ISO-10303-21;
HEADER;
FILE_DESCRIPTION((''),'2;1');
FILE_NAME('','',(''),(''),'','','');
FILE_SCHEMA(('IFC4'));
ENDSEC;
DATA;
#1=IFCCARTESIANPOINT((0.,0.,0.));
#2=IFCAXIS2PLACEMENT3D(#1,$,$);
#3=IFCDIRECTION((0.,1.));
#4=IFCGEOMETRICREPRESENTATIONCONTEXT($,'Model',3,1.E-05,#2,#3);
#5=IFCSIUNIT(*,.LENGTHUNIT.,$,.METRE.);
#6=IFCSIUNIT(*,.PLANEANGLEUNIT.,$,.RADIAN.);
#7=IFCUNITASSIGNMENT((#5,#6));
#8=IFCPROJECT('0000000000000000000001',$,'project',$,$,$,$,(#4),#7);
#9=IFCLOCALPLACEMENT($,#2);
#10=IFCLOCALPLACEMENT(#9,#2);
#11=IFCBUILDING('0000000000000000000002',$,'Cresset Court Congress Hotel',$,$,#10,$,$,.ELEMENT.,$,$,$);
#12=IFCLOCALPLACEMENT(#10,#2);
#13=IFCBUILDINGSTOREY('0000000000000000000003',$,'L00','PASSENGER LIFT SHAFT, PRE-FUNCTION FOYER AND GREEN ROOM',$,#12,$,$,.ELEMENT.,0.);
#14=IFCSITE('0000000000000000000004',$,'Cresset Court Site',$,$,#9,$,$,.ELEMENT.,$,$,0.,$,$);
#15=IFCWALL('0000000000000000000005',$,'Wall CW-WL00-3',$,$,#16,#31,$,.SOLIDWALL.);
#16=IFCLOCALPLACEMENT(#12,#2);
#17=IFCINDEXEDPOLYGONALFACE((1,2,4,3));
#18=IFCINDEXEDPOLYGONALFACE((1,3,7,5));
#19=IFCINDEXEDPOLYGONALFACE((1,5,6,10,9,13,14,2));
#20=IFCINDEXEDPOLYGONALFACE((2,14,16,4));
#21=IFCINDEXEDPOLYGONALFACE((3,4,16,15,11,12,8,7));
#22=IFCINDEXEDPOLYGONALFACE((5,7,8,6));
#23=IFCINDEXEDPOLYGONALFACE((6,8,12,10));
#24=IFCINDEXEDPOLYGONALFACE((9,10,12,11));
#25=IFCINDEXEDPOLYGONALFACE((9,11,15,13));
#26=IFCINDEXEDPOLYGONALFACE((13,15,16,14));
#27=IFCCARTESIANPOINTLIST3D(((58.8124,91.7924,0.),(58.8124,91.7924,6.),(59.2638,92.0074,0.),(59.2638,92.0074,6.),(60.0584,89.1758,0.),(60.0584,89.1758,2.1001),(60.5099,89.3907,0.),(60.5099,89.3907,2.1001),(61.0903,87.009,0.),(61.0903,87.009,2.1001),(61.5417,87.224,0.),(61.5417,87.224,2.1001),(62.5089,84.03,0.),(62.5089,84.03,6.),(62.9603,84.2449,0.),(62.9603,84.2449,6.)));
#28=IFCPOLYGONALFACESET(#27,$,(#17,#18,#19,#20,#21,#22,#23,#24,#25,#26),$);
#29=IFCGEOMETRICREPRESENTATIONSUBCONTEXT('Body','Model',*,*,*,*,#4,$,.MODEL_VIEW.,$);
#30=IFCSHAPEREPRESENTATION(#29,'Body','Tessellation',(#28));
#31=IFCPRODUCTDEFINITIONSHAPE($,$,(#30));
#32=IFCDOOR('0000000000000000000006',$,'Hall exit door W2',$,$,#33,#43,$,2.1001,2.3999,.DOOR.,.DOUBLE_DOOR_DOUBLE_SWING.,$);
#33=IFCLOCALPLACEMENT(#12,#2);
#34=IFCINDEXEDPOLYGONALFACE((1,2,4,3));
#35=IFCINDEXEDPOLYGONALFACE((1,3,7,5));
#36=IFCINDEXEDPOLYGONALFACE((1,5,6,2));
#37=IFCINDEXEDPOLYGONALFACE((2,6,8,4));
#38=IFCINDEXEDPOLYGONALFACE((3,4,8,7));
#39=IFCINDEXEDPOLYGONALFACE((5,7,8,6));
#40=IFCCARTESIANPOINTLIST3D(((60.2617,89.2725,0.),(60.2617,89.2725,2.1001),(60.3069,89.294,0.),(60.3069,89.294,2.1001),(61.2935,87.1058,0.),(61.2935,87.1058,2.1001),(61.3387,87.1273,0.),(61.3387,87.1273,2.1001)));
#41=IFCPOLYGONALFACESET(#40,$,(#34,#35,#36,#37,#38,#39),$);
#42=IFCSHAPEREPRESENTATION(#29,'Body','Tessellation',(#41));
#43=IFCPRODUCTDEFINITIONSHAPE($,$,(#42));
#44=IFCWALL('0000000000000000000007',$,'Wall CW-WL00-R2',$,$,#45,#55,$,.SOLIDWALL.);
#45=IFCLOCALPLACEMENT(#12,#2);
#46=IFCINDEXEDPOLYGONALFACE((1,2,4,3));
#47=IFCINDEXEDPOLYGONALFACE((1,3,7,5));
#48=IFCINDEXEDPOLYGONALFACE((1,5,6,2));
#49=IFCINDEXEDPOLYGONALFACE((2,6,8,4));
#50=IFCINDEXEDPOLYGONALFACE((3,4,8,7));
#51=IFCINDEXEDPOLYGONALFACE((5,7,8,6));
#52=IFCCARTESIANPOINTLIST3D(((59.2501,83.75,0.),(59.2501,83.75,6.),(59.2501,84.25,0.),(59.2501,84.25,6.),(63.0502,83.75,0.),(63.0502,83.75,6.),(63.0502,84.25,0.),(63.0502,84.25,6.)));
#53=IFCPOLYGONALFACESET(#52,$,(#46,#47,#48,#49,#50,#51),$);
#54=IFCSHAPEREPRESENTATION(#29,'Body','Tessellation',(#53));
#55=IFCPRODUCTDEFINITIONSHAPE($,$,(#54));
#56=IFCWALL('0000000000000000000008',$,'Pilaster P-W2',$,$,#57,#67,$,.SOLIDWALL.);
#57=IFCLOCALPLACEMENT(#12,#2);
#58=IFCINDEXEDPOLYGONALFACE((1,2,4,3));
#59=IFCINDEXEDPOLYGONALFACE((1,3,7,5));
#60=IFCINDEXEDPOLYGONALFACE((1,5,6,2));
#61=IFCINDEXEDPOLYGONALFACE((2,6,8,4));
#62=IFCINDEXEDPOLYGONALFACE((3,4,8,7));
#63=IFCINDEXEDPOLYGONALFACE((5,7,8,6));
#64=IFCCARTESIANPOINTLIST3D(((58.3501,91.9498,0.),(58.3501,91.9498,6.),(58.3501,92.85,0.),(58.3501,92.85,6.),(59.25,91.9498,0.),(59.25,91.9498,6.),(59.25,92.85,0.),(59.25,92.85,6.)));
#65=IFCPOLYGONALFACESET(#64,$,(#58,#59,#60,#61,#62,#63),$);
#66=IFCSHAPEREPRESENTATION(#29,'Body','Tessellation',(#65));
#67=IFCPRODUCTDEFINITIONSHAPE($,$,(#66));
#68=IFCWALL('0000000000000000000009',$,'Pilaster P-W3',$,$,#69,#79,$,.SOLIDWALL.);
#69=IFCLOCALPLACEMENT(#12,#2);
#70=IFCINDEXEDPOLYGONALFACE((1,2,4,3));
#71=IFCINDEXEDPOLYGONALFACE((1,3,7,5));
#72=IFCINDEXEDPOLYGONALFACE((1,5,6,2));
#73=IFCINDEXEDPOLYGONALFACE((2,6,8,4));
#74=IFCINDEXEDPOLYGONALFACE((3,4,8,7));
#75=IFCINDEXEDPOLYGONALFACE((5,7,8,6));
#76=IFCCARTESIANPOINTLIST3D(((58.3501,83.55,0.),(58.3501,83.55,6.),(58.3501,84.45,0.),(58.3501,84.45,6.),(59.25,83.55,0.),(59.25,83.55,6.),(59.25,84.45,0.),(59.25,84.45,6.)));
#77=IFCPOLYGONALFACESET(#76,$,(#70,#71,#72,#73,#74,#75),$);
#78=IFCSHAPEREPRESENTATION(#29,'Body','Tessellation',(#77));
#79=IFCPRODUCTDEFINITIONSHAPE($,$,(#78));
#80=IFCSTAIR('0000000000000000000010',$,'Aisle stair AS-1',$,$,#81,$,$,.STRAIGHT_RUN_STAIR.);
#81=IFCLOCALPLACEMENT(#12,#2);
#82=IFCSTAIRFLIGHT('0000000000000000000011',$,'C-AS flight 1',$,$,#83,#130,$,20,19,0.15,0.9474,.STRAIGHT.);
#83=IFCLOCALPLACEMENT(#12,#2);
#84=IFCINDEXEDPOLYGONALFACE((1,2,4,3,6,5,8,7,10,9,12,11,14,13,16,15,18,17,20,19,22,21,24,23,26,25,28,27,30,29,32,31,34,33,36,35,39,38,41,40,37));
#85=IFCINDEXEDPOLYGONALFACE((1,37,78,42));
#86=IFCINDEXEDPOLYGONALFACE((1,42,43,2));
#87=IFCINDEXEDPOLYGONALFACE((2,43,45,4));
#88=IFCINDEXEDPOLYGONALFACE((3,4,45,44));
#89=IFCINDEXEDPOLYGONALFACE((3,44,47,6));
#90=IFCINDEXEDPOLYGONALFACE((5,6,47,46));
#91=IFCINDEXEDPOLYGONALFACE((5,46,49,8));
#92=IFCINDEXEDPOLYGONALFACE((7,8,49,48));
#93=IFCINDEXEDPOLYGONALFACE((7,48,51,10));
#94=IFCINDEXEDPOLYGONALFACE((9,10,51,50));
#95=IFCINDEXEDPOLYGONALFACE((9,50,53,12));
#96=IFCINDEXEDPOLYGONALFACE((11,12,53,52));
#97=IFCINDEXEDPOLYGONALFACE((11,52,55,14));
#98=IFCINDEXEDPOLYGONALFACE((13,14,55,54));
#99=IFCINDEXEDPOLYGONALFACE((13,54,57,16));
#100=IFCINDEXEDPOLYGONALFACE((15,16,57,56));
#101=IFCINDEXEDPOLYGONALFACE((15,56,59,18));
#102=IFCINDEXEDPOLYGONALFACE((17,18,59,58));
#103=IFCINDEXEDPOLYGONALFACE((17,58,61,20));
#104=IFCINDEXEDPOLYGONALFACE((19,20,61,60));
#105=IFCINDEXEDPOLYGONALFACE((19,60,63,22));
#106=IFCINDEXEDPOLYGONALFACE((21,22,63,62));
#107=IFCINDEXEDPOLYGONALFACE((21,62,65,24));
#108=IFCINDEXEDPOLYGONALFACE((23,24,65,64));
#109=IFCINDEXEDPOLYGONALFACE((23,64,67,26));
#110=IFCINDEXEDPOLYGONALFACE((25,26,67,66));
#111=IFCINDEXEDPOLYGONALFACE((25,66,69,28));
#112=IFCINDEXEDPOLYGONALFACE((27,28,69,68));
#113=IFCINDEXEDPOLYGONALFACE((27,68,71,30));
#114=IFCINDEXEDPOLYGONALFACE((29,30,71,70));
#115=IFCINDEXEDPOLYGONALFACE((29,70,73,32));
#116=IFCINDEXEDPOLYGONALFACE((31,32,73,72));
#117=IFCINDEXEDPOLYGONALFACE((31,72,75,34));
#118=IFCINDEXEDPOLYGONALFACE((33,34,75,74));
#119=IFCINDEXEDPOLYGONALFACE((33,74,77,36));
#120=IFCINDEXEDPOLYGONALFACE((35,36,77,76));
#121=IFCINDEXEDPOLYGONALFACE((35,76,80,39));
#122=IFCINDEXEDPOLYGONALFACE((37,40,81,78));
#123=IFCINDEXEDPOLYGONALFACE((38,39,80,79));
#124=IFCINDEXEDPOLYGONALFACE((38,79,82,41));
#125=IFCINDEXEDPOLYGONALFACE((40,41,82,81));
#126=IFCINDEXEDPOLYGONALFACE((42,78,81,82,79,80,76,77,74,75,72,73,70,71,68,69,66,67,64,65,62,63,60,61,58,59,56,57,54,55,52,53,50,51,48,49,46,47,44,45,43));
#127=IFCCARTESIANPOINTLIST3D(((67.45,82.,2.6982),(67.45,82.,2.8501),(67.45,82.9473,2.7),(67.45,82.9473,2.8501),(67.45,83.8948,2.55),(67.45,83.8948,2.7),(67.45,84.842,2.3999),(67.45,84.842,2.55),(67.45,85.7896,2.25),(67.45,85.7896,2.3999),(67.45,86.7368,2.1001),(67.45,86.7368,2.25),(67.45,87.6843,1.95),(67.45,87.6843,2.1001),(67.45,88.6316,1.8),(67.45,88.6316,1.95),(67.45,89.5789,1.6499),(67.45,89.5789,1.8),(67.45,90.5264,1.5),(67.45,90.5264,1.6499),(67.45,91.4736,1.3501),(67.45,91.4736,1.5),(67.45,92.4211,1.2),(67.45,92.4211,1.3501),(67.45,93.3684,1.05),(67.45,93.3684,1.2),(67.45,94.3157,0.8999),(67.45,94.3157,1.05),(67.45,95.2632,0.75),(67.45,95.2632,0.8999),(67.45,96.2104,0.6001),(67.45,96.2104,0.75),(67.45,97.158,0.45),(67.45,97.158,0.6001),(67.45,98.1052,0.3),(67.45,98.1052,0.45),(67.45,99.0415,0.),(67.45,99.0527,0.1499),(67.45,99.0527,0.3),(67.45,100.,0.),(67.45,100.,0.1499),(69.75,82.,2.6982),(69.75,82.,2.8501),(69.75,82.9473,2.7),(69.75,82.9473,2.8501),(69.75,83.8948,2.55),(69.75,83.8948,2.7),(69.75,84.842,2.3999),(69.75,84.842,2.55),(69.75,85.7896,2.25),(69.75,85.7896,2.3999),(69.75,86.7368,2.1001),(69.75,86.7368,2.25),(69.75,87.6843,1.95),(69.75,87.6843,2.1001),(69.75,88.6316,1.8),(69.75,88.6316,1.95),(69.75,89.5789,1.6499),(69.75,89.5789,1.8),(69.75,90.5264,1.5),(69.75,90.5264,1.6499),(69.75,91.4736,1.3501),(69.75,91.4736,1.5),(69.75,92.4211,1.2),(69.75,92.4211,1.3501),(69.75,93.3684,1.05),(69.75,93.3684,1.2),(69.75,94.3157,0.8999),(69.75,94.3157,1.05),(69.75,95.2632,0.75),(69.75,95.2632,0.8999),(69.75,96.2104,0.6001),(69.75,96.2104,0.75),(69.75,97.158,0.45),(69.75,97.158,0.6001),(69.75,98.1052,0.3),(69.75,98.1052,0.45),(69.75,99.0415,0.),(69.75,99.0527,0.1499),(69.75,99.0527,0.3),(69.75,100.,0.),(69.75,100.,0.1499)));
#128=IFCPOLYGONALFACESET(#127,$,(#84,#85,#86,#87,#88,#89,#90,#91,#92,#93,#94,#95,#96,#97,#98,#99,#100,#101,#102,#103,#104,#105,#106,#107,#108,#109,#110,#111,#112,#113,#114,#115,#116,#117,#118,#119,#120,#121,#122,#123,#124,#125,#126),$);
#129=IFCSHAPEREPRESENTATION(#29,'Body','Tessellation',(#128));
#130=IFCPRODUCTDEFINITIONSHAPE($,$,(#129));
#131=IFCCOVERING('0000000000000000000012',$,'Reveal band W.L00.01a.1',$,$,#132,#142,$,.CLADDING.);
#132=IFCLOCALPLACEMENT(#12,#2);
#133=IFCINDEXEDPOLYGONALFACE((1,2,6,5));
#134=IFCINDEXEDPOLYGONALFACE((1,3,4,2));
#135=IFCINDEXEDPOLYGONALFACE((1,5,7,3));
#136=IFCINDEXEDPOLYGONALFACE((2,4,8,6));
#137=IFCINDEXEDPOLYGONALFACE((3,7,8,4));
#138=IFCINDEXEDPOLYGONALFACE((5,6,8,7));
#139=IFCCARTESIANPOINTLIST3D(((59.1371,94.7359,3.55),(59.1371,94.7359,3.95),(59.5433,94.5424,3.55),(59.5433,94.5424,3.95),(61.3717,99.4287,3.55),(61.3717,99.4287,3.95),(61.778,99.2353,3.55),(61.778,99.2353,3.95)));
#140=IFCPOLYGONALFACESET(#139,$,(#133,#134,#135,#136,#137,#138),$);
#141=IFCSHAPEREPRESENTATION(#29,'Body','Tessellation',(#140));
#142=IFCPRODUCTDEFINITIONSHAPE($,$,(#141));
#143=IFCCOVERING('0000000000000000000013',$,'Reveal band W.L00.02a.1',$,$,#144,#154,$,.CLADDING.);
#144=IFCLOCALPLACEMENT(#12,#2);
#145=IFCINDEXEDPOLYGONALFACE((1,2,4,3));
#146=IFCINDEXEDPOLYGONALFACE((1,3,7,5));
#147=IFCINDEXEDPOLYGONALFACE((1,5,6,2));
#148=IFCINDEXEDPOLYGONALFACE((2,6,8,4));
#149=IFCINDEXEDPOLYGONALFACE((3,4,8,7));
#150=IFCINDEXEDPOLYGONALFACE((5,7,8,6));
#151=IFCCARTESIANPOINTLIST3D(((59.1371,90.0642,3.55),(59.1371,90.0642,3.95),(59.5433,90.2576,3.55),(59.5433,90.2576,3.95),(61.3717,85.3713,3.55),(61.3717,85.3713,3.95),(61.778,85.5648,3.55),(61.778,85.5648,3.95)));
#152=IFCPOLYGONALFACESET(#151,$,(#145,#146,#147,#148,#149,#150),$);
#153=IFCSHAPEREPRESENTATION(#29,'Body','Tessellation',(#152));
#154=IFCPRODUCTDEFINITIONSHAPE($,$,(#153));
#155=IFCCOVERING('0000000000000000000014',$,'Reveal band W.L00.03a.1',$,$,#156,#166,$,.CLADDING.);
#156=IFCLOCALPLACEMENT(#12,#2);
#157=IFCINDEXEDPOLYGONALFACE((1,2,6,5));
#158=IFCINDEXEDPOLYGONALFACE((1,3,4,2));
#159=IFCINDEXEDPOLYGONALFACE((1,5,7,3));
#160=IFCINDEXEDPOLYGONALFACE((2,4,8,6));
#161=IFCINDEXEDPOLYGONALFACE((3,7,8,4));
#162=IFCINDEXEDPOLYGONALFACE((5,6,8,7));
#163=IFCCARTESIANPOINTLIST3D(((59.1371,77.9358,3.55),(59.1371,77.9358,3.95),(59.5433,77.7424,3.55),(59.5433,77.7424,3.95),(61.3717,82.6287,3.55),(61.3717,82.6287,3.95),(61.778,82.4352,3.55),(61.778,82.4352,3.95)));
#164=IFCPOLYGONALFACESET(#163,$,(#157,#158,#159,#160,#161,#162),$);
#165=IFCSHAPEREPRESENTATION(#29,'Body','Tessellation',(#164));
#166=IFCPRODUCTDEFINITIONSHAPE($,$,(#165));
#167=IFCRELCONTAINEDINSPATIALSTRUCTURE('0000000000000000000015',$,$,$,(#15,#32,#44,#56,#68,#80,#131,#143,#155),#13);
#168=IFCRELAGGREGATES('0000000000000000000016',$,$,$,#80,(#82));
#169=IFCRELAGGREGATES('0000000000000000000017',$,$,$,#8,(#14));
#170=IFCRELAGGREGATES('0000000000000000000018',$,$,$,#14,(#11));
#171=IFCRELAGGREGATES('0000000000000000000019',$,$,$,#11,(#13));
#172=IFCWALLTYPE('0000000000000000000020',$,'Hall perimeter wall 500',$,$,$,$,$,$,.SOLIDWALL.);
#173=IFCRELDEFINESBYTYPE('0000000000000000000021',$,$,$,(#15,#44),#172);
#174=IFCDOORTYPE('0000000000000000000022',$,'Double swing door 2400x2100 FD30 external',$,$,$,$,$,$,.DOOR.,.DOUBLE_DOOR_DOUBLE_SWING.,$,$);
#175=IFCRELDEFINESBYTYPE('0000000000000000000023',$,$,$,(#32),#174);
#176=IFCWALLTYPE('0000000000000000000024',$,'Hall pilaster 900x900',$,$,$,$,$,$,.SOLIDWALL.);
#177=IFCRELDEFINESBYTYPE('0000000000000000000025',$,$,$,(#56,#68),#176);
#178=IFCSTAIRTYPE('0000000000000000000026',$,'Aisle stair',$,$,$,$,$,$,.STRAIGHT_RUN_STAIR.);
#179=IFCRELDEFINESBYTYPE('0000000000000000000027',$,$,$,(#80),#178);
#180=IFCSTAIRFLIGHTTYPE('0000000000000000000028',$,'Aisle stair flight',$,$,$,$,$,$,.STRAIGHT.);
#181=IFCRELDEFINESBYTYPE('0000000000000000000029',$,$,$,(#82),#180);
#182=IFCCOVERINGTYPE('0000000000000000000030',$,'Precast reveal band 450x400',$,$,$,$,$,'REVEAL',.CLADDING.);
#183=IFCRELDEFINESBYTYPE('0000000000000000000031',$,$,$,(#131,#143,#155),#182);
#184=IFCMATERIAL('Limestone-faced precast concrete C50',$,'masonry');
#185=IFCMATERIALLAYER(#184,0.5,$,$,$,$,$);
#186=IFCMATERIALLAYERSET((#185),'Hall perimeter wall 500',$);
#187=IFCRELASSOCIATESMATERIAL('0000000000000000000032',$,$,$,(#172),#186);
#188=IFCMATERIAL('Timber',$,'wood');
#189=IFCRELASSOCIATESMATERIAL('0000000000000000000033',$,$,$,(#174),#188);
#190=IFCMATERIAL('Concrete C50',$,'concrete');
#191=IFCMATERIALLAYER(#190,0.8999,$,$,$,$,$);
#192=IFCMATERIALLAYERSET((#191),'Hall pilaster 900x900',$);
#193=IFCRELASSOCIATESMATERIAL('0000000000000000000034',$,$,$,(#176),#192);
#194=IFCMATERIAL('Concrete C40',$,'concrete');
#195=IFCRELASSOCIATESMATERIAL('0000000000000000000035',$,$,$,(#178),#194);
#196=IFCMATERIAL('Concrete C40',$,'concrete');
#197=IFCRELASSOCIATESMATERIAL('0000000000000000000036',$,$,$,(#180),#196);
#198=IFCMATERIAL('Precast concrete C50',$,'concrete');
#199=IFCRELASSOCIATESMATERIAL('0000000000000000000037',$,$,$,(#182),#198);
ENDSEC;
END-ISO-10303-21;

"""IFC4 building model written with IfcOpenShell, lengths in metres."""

from ifc_helpers import new_model, si_unit, direction, frame, frame_2d, origin, origin_2d, place, context, subcontext, project, spatial, polyline, rectangle, outline, extrude, material, layer, layer_set, type_object, element, fill, aggregate, save


model = new_model("IFC4")

# Units and contexts
model_context = context("Model", 3, precision=1e-05, world=origin(), true_north=direction((0.0, 1.0)))
body_context = subcontext(model_context, "Body", "Model", "MODEL_VIEW")
ifc_project = project(units=[si_unit("LENGTHUNIT", "METRE"), si_unit("PLANEANGLEUNIT", "RADIAN")], contexts=[model_context])

# Site, building, storey
site_placement = place(None, origin())
site = spatial("IfcSite", under=ifc_project, at=site_placement, Name="Cresset Court Site", CompositionType="ELEMENT", RefElevation=0.0)
building_placement = place(site_placement, origin())
building = spatial("IfcBuilding", under=site, at=building_placement, Name="Cresset Court Congress Hotel", CompositionType="ELEMENT")
storey_placement = place(building_placement, origin())
storey = spatial("IfcBuildingStorey", under=building, at=storey_placement, Name="L00", Description="PASSENGER LIFT SHAFT, PRE-FUNCTION FOYER AND GREEN ROOM", CompositionType="ELEMENT", Elevation=0.0)

# Wall, opening, door
ifc_material_1 = material(Name="Limestone-faced precast concrete C50", Category="masonry")
ifc_layer_1 = layer(ifc_material_1, 0.5)
ifc_layer_set_1 = layer_set([ifc_layer_1], Name="Hall perimeter wall 500")
wall_type_1 = type_object("IfcWallType", Name="Hall perimeter wall 500", PredefinedType="SOLIDWALL", material=ifc_layer_set_1)
ifc_material_2 = material(Name="Timber", Category="wood")
door_type = type_object("IfcDoorType", Name="Double swing door 2400x2100 FD30 external", OperationType="DOUBLE_DOOR_DOUBLE_SWING", PredefinedType="DOOR", material=ifc_material_2)
wall_1_placement = place(storey_placement, frame((62.7346, 84.1375, 0.0), z_axis=(0.0, 0.0, 1.0), x_axis=(-0.429946, 0.902855, 0.0)))
wall_1 = element("IfcWall", 1, at=wall_1_placement, inside=storey, type_object=wall_type_1, Name="Wall CW-WL00-3", PredefinedType="SOLIDWALL", context=body_context, shape_type="SweptSolid", body=[
    extrude(rectangle(XDim=8.5977, YDim=0.5, at=frame_2d((4.2988, 0.0))), origin(), (0.0, 0.0, 1.0), 6.0),
])
opening_1_placement = place(wall_1_placement, frame((3.2996, 0.0, 0.0)))
opening_1 = element("IfcOpeningElement", 2, at=opening_1_placement, cuts=wall_1, PredefinedType="OPENING", context=body_context, shape_type="SweptSolid", body=[
    extrude(rectangle(XDim=2.3999, YDim=2.1001, at=frame_2d((1.2, 1.05))), frame((0.0, 0.26, 0.0), z_axis=(0.0, -1.0, 0.0), x_axis=(1.0, 0.0, 0.0)), (0.0, 0.0, 1.0), 0.52),
])
door_1_placement = place(opening_1_placement, origin())
door_1 = element("IfcDoor", 3, at=door_1_placement, inside=storey, type_object=door_type, Name="Hall exit door W2", OperationType="DOUBLE_DOOR_DOUBLE_SWING", OverallHeight=2.1001, OverallWidth=2.3999, PredefinedType="DOOR", context=body_context, shape_type="SweptSolid", body=[
    extrude(rectangle(XDim=2.3999, YDim=2.1001, at=frame_2d((1.2, 1.05))), frame((0.0, 0.0249, 0.0), z_axis=(0.0, -1.0, 0.0), x_axis=(1.0, 0.0, 0.0)), (0.0, 0.0, 1.0), 0.05),
])
fill(opening_1, door_1)

# Walls
wall_2_placement = place(storey_placement, frame((63.05, 84.0, 0.0), z_axis=(0.0, 0.0, 1.0), x_axis=(-1.0, 0.0, 0.0)))
element("IfcWall", 4, at=wall_2_placement, inside=storey, type_object=wall_type_1, Name="Wall CW-WL00-R2", PredefinedType="SOLIDWALL", context=body_context, shape_type="SweptSolid", body=[
    extrude(rectangle(XDim=3.8, YDim=0.5, at=frame_2d((1.8999, 0.0))), origin(), (0.0, 0.0, 1.0), 6.0),
])
ifc_material_3 = material(Name="Concrete C50", Category="concrete")
ifc_layer_2 = layer(ifc_material_3, 0.8999)
ifc_layer_set_2 = layer_set([ifc_layer_2], Name="Hall pilaster 900x900")
wall_type_2 = type_object("IfcWallType", Name="Hall pilaster 900x900", PredefinedType="SOLIDWALL", material=ifc_layer_set_2)
wall_3_placement = place(storey_placement, frame((58.8, 92.8501, 0.0), z_axis=(0.0, 0.0, 1.0), x_axis=(0.0, -1.0, 0.0)))
element("IfcWall", 5, at=wall_3_placement, inside=storey, type_object=wall_type_2, Name="Pilaster P-W2", PredefinedType="SOLIDWALL", context=body_context, shape_type="SweptSolid", body=[
    extrude(rectangle(XDim=0.9001, YDim=0.8999, at=frame_2d((0.4502, 0.0))), origin(), (0.0, 0.0, 1.0), 6.0),
])
wall_4_placement = place(storey_placement, frame((58.8, 84.45, 0.0), z_axis=(0.0, 0.0, 1.0), x_axis=(0.0, -1.0, 0.0)))
element("IfcWall", 6, at=wall_4_placement, inside=storey, type_object=wall_type_2, Name="Pilaster P-W3", PredefinedType="SOLIDWALL", context=body_context, shape_type="SweptSolid", body=[
    extrude(rectangle(XDim=0.8999, YDim=0.8999, at=frame_2d((0.45, 0.0))), origin(), (0.0, 0.0, 1.0), 6.0),
])

# Stair, stair flight
ifc_material_4 = material(Name="Concrete C40", Category="concrete")
stair_type = type_object("IfcStairType", Name="Aisle stair", PredefinedType="STRAIGHT_RUN_STAIR", material=ifc_material_4)
stair_placement = place(storey_placement, origin())
stair = element("IfcStair", 7, at=stair_placement, inside=storey, type_object=stair_type, Name="Aisle stair AS-1", PredefinedType="STRAIGHT_RUN_STAIR")
ifc_material_5 = material(Name="Concrete C40", Category="concrete")
stair_flight_type = type_object("IfcStairFlightType", Name="Aisle stair flight", PredefinedType="STRAIGHT", material=ifc_material_5)
stair_flight_placement = place(storey_placement, frame((68.6001, 100.0, 0.0), z_axis=(0.0, 0.0, 1.0), x_axis=(0.0, -1.0, 0.0)))
stair_flight = element("IfcStairFlight", 8, at=stair_flight_placement, type_object=stair_flight_type, Name="C-AS flight 1", NumberOfRisers=20, NumberOfTreads=19, PredefinedType="STRAIGHT", RiserHeight=0.15, TreadLength=0.9474, context=body_context, shape_type="SweptSolid", body=[
    extrude(outline(polyline([(0.0, 0.0), (0.0, 0.1499), (0.9473, 0.1499), (0.9473, 0.3), (1.8948, 0.3), (1.8948, 0.45), (2.842, 0.45), (2.842, 0.6001), (3.7896, 0.6001), (3.7896, 0.75), (4.7368, 0.75), (4.7368, 0.8999), (5.6843, 0.8999), (5.6843, 1.05), (6.6316, 1.05), (6.6316, 1.2), (7.5789, 1.2), (7.5789, 1.3501), (8.5264, 1.3501), (8.5264, 1.5), (9.4736, 1.5), (9.4736, 1.6499), (10.4211, 1.6499), (10.4211, 1.8), (11.3684, 1.8), (11.3684, 1.95), (12.3157, 1.95), (12.3157, 2.1001), (13.2632, 2.1001), (13.2632, 2.25), (14.2104, 2.25), (14.2104, 2.3999), (15.158, 2.3999), (15.158, 2.55), (16.1052, 2.55), (16.1052, 2.7), (17.0527, 2.7), (17.0527, 2.8501), (18.0, 2.8501), (18.0, 3.0), (18.0, 2.6982), (0.9585, 0.0), (0.0, 0.0)])), frame((0.0, 1.1499, 0.0), z_axis=(0.0, -1.0, 0.0), x_axis=(1.0, 0.0, 0.0)), (0.0, 0.0, 1.0), 2.3),
])
aggregate(stair, [stair_flight])

# Coverings
ifc_material_6 = material(Name="Precast concrete C50", Category="concrete")
covering_type = type_object("IfcCoveringType", Name="Precast reveal band 450x400", ElementType="REVEAL", PredefinedType="CLADDING", material=ifc_material_6)
for number, where, z_axis, x_axis, name in (
    (9, (60.4575, 96.9856, 3.55), (0.0, 0.0, 1.0), (0.429933, 0.902861, 0.0), "Reveal band W.L00.01a.1"),
    (10, (60.4575, 87.8145, 3.55), (0.0, 0.0, 1.0), (-0.429933, 0.902861, 0.0), "Reveal band W.L00.02a.1"),
    (11, (60.4575, 80.1855, 3.55), (0.0, 0.0, 1.0), (0.429933, 0.902861, 0.0), "Reveal band W.L00.03a.1"),
):
    element("IfcCovering", number, at=place(storey_placement, frame(where, z_axis=z_axis, x_axis=x_axis)), inside=storey, type_object=covering_type, Name=name, PredefinedType="CLADDING", context=body_context, shape_type="SweptSolid", body=[
        extrude(rectangle(XDim=5.1978, YDim=0.45, at=origin_2d()), origin(), (0.0, 0.0, 1.0), 0.3999),
    ])

save(model, "model.ifc")
